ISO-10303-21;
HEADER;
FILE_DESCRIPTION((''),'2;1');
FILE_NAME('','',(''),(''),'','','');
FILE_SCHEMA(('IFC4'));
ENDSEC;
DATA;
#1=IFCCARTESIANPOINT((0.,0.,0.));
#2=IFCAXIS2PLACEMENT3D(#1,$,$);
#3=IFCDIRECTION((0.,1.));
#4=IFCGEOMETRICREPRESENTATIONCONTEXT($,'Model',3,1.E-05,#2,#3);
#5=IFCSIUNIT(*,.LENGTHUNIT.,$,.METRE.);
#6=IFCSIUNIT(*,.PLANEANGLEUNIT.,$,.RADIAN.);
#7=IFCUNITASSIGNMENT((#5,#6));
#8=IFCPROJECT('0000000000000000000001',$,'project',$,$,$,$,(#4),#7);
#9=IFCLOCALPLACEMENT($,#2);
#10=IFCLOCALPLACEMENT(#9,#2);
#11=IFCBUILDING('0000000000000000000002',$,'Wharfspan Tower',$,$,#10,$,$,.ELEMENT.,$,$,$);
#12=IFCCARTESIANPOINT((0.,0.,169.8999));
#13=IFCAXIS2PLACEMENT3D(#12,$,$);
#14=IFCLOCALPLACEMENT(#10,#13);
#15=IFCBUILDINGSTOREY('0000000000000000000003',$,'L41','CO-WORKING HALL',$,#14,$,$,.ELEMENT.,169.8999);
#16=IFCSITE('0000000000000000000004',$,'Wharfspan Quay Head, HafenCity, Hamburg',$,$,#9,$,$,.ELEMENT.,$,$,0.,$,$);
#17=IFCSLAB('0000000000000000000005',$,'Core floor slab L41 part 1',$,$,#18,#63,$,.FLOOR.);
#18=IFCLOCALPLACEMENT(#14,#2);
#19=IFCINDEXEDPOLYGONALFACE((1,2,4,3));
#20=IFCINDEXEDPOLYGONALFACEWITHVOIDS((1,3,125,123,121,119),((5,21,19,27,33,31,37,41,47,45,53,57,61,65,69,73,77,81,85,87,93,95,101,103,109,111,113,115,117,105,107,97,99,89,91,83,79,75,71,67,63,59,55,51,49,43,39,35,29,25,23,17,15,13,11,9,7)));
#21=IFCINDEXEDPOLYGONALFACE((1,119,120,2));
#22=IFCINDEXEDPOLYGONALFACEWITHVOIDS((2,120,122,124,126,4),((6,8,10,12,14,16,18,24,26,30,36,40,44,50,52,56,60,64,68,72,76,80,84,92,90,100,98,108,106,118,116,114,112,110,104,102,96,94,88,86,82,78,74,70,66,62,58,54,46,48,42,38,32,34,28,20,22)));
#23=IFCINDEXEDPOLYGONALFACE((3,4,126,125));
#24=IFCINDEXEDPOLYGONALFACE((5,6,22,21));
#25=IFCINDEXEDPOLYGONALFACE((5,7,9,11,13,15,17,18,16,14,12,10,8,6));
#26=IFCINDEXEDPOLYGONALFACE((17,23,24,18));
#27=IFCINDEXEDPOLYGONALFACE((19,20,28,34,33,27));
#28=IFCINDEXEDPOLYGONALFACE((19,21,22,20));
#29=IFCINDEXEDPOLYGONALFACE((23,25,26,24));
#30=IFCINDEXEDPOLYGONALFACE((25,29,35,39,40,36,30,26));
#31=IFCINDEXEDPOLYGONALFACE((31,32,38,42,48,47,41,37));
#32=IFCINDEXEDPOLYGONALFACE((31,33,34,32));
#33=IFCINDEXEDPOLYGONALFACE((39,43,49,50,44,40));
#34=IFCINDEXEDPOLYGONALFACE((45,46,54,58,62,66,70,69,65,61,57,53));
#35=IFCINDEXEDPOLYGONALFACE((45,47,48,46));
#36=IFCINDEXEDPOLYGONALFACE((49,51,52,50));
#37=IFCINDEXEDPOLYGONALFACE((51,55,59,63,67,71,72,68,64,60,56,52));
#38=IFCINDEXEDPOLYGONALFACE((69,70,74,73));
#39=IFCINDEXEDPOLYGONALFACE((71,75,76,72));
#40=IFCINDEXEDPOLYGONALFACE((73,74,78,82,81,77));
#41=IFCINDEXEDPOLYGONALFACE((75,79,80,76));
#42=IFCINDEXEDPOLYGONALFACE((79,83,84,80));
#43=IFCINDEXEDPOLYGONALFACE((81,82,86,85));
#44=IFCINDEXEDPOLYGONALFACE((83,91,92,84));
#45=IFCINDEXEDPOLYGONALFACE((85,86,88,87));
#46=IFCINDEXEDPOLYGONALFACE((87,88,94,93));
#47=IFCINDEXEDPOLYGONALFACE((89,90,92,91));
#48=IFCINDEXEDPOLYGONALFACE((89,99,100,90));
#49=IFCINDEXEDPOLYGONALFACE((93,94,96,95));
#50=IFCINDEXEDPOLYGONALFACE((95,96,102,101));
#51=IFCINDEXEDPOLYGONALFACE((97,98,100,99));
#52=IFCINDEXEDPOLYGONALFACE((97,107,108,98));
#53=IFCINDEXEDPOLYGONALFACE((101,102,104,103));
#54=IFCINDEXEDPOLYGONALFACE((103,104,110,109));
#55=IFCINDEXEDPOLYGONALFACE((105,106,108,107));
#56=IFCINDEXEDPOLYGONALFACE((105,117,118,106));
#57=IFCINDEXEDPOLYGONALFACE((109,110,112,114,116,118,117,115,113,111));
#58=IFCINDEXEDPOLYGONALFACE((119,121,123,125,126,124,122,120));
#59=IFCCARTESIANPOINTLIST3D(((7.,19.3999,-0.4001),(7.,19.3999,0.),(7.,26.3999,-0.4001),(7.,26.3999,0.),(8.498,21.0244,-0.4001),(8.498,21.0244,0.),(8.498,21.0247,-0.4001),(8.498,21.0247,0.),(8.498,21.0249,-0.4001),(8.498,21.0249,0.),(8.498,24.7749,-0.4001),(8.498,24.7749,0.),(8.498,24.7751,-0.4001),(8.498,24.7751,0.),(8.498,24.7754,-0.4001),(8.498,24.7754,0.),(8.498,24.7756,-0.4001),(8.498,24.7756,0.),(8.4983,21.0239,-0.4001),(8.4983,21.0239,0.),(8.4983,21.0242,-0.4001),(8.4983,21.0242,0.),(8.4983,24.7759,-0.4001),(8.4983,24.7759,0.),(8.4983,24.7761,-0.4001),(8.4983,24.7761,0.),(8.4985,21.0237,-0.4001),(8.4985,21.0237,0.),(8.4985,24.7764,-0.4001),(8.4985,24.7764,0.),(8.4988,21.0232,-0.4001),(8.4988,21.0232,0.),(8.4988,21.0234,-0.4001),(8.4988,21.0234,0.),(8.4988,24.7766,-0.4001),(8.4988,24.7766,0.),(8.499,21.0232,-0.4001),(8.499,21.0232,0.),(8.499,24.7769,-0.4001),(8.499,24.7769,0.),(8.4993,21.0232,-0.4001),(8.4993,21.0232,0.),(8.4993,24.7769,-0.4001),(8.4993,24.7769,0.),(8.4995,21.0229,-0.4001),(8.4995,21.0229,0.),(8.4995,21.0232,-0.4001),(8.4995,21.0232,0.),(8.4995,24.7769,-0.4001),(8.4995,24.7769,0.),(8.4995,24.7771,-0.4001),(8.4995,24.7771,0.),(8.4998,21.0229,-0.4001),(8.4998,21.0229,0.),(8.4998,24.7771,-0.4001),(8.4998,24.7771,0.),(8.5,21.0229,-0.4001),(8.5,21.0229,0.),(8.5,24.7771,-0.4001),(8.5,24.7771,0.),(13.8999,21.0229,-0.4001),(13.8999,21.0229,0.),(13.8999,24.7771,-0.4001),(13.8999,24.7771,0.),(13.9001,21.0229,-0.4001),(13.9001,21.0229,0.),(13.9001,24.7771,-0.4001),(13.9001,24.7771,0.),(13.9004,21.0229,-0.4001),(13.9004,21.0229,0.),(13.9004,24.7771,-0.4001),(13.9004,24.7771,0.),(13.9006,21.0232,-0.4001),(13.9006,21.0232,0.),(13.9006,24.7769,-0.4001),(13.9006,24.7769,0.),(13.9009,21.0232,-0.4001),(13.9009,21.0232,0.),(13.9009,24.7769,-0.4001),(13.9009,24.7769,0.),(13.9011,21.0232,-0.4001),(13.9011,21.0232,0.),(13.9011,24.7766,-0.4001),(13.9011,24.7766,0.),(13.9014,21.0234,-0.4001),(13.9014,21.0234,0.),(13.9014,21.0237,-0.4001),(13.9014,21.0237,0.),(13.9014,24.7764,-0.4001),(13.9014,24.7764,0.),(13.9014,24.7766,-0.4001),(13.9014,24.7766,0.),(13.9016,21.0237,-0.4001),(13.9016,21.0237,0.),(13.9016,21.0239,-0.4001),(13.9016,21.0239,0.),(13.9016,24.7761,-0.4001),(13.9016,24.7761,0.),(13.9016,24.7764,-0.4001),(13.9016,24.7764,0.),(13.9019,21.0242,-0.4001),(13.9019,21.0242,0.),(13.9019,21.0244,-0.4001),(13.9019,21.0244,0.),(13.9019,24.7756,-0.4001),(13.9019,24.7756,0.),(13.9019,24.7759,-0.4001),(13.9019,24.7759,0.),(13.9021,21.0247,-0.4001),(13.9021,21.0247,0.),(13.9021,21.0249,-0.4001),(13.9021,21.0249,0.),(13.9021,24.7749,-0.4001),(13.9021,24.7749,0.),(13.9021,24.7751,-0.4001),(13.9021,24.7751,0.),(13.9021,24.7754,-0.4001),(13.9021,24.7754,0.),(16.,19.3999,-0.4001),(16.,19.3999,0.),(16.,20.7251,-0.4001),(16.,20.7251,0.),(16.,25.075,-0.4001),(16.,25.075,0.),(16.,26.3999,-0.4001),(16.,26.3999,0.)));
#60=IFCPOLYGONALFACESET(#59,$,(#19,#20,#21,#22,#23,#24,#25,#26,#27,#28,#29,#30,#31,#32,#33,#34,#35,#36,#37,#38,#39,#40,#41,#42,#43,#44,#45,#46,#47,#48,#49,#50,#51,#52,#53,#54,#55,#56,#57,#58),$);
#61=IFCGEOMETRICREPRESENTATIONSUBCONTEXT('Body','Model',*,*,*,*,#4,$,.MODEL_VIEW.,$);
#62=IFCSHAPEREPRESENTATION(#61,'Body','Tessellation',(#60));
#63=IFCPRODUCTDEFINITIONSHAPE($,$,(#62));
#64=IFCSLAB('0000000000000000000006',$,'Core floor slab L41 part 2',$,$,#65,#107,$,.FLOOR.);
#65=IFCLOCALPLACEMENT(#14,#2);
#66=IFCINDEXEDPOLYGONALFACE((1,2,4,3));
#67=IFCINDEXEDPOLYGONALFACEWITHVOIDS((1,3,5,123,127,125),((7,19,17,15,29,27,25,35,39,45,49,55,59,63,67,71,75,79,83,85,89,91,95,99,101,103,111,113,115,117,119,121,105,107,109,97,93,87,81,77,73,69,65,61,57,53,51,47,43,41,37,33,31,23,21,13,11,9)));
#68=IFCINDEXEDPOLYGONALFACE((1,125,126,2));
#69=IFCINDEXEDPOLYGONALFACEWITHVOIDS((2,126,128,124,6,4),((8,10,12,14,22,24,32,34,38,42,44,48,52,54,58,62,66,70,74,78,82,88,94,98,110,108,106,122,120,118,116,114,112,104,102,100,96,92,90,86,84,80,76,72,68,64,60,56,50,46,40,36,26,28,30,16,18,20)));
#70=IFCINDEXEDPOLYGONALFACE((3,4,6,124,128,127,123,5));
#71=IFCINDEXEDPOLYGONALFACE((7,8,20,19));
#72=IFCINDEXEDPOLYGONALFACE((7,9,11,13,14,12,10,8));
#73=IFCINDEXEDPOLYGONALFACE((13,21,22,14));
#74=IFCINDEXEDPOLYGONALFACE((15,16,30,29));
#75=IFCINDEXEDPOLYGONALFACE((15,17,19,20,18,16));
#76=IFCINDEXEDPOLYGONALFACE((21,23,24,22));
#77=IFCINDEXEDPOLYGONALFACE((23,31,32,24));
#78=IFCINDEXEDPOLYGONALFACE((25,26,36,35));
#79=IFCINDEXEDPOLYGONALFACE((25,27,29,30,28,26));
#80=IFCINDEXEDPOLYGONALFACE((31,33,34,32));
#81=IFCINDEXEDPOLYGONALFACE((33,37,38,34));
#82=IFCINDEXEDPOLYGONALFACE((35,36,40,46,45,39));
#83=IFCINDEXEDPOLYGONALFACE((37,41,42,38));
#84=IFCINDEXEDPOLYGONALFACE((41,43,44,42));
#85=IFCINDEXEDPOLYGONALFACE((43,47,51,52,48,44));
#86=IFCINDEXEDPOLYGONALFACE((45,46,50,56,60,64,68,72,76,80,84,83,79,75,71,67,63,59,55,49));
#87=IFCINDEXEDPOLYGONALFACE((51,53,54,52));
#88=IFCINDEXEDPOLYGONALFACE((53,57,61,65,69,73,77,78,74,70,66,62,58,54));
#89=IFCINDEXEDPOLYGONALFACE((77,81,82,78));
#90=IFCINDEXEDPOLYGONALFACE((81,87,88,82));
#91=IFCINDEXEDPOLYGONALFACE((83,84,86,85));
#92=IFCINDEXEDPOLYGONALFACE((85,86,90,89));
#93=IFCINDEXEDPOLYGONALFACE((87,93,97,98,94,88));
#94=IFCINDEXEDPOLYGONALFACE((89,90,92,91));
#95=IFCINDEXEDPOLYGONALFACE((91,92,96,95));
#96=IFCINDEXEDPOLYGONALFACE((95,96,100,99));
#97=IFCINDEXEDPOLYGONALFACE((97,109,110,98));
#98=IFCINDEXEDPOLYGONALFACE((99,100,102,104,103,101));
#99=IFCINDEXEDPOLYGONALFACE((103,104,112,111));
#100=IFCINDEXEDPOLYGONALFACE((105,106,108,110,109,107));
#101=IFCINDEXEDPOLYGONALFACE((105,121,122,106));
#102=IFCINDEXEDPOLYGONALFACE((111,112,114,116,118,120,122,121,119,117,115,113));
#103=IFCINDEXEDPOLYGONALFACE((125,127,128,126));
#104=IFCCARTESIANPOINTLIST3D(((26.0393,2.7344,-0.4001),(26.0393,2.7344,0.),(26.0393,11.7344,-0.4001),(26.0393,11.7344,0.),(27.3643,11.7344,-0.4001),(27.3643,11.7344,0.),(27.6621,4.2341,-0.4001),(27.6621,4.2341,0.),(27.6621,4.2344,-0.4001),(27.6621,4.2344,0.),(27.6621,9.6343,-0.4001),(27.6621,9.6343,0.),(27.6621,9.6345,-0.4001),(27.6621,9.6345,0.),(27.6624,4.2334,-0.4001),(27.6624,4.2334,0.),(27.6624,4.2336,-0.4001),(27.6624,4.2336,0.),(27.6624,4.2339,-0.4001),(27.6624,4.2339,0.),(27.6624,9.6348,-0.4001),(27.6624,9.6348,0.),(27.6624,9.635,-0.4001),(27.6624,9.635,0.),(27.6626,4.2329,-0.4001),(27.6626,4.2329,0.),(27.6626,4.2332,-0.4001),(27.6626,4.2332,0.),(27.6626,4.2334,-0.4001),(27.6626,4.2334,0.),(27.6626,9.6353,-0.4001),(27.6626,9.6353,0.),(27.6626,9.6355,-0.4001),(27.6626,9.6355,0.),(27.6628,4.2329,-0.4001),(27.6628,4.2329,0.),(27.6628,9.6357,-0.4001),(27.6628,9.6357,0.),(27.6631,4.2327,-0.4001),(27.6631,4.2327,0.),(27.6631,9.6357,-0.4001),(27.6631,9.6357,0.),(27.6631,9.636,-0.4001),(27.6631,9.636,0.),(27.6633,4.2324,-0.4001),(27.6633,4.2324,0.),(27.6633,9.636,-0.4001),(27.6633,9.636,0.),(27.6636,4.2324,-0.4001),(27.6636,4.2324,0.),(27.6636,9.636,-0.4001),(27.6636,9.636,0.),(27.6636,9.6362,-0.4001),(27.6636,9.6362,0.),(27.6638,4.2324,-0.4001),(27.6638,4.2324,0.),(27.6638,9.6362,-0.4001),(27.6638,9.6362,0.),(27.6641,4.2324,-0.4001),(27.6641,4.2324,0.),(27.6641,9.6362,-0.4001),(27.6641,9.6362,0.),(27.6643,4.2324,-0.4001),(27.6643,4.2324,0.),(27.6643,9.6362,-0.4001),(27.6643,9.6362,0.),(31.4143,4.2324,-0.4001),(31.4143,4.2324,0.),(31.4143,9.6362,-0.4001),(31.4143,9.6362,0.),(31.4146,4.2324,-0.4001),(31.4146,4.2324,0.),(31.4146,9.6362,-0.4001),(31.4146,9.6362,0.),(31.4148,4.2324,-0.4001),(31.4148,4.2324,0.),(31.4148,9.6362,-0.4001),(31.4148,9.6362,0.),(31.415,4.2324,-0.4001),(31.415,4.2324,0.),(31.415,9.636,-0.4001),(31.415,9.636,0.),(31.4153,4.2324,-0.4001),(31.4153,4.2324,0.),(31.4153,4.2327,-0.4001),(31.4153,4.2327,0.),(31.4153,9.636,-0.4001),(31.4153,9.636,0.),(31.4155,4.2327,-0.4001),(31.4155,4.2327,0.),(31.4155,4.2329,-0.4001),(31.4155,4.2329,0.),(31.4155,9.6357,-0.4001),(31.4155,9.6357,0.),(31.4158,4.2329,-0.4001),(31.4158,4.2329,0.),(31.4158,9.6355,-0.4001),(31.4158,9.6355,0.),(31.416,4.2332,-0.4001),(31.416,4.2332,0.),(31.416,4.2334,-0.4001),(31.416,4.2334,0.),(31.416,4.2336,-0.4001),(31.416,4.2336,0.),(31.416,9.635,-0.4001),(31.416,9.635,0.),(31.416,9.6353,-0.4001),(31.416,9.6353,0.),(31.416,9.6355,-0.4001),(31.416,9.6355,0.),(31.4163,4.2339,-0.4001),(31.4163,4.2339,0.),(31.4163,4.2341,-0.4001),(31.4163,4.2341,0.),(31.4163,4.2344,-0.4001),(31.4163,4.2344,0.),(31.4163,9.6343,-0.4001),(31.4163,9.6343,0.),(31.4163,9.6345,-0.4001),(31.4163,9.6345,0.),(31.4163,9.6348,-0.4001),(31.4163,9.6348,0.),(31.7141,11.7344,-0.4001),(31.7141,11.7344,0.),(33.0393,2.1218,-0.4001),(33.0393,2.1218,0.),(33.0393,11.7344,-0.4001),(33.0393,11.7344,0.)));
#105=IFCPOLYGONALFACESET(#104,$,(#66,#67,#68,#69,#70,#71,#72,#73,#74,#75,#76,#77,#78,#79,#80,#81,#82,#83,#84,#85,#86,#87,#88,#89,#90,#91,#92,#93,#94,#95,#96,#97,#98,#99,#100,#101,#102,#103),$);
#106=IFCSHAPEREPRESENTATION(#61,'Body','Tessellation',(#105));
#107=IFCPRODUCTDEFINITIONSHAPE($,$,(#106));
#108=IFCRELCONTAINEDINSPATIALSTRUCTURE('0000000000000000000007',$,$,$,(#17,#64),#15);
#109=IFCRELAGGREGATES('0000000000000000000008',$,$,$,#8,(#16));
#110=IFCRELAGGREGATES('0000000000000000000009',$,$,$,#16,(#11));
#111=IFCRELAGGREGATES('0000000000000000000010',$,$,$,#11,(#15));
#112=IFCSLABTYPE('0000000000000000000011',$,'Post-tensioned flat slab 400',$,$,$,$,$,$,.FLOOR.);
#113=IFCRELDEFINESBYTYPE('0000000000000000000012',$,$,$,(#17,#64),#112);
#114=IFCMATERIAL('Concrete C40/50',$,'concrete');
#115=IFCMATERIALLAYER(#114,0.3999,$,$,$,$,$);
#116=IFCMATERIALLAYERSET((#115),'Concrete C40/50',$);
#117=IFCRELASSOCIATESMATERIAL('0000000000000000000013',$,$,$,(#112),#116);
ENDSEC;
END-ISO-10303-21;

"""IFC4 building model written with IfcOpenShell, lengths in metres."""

from ifc_helpers import new_model, si_unit, direction, frame, origin, place, context, subcontext, project, spatial, polyline, outline, extrude, material, layer, layer_set, type_object, element, save


model = new_model("IFC4")

# Units and contexts
model_context = context("Model", 3, precision=1e-05, world=origin(), true_north=direction((0.0, 1.0)))
body_context = subcontext(model_context, "Body", "Model", "MODEL_VIEW")
ifc_project = project(units=[si_unit("LENGTHUNIT", "METRE"), si_unit("PLANEANGLEUNIT", "RADIAN")], contexts=[model_context])

# Site, building, storey
site_placement = place(None, origin())
site = spatial("IfcSite", under=ifc_project, at=site_placement, Name="Wharfspan Quay Head, HafenCity, Hamburg", CompositionType="ELEMENT", RefElevation=0.0)
building_placement = place(site_placement, origin())
building = spatial("IfcBuilding", under=site, at=building_placement, Name="Wharfspan Tower", CompositionType="ELEMENT")
storey_placement = place(building_placement, frame((0.0, 0.0, 169.8999)))
storey = spatial("IfcBuildingStorey", under=building, at=storey_placement, Name="L41", Description="CO-WORKING HALL", CompositionType="ELEMENT", Elevation=169.8999)

# Slabs
ifc_material_1 = material(Name="Concrete C40/50", Category="concrete")
ifc_layer_1 = layer(ifc_material_1, 0.3999)
ifc_layer_set_1 = layer_set([ifc_layer_1], Name="Concrete C40/50")
slab_type_1 = type_object("IfcSlabType", Name="Post-tensioned flat slab 400", PredefinedType="FLOOR", material=ifc_layer_set_1)
slab_1_placement = place(storey_placement, frame((0.0, 0.0, -0.4001)))
element("IfcSlab", 1, at=slab_1_placement, inside=storey, type_object=slab_type_1, Name="Core floor slab L41 part 1", PredefinedType="FLOOR", context=body_context, shape_type="SweptSolid", body=[
    extrude(outline(polyline([(16.0, 20.7251), (16.0, 25.075), (16.0, 26.3999), (7.0, 26.3999), (7.0, 19.3999), (16.0, 19.3999), (16.0, 20.7251)]), holes=[polyline([(13.8999, 24.7771), (13.9001, 24.7771), (13.9004, 24.7771), (13.9006, 24.7769), (13.9009, 24.7769), (13.9009, 24.7769), (13.9011, 24.7766), (13.9014, 24.7766), (13.9014, 24.7764), (13.9016, 24.7764), (13.9016, 24.7761), (13.9019, 24.7759), (13.9019, 24.7759), (13.9019, 24.7756), (13.9021, 24.7754), (13.9021, 24.7751), (13.9021, 24.7749), (13.9021, 21.0249), (13.9021, 21.0249), (13.9021, 21.0247), (13.9019, 21.0244), (13.9019, 21.0242), (13.9019, 21.0242), (13.9016, 21.0239), (13.9016, 21.0237), (13.9014, 21.0237), (13.9014, 21.0234), (13.9011, 21.0232), (13.9009, 21.0232), (13.9009, 21.0232), (13.9006, 21.0232), (13.9004, 21.0229), (13.9001, 21.0229), (13.8999, 21.0229), (8.5, 21.0229), (8.4998, 21.0229), (8.4995, 21.0229), (8.4995, 21.0232), (8.4993, 21.0232), (8.499, 21.0232), (8.4988, 21.0232), (8.4988, 21.0234), (8.4985, 21.0237), (8.4985, 21.0237), (8.4983, 21.0239), (8.4983, 21.0242), (8.4983, 21.0242), (8.498, 21.0244), (8.498, 21.0247), (8.498, 21.0249), (8.498, 21.0249), (8.498, 24.7749), (8.498, 24.7751), (8.498, 24.7754), (8.498, 24.7756), (8.4983, 24.7759), (8.4983, 24.7759), (8.4983, 24.7761), (8.4985, 24.7764), (8.4985, 24.7764), (8.4988, 24.7766), (8.4988, 24.7766), (8.499, 24.7769), (8.4993, 24.7769), (8.4995, 24.7769), (8.4995, 24.7771), (8.4998, 24.7771), (8.5, 24.7771), (13.8999, 24.7771)])]), origin(), (0.0, 0.0, 1.0), 0.4001),
])
slab_2_placement = place(storey_placement, frame((0.0, 0.0, -0.4001)))
element("IfcSlab", 2, at=slab_2_placement, inside=storey, type_object=slab_type_1, Name="Core floor slab L41 part 2", PredefinedType="FLOOR", context=body_context, shape_type="SweptSolid", body=[
    extrude(outline(polyline([(31.7141, 11.7344), (27.3643, 11.7344), (26.0393, 11.7344), (26.0393, 2.7344), (33.0393, 2.1218), (33.0393, 11.7344), (31.7141, 11.7344)]), holes=[polyline([(27.6621, 9.6343), (27.6621, 9.6345), (27.6624, 9.6348), (27.6624, 9.635), (27.6624, 9.635), (27.6626, 9.6353), (27.6626, 9.6355), (27.6626, 9.6355), (27.6628, 9.6357), (27.6631, 9.6357), (27.6631, 9.636), (27.6633, 9.636), (27.6636, 9.636), (27.6636, 9.6362), (27.6638, 9.6362), (27.6641, 9.6362), (27.6643, 9.6362), (31.4143, 9.6362), (31.4143, 9.6362), (31.4146, 9.6362), (31.4148, 9.6362), (31.415, 9.636), (31.4153, 9.636), (31.4153, 9.636), (31.4155, 9.6357), (31.4155, 9.6357), (31.4158, 9.6355), (31.416, 9.6355), (31.416, 9.6353), (31.416, 9.635), (31.416, 9.635), (31.4163, 9.6348), (31.4163, 9.6345), (31.4163, 9.6343), (31.4163, 4.2344), (31.4163, 4.2341), (31.4163, 4.2339), (31.416, 4.2336), (31.416, 4.2334), (31.416, 4.2334), (31.416, 4.2332), (31.4158, 4.2329), (31.4155, 4.2329), (31.4155, 4.2327), (31.4153, 4.2327), (31.4153, 4.2324), (31.415, 4.2324), (31.4148, 4.2324), (31.4146, 4.2324), (31.4143, 4.2324), (31.4143, 4.2324), (27.6643, 4.2324), (27.6641, 4.2324), (27.6638, 4.2324), (27.6636, 4.2324), (27.6636, 4.2324), (27.6633, 4.2324), (27.6631, 4.2327), (27.6631, 4.2327), (27.6628, 4.2329), (27.6626, 4.2329), (27.6626, 4.2332), (27.6626, 4.2334), (27.6624, 4.2334), (27.6624, 4.2336), (27.6624, 4.2339), (27.6621, 4.2341), (27.6621, 4.2344), (27.6621, 9.6343)])]), origin(), (0.0, 0.0, 1.0), 0.4001),
])

save(model, "model.ifc")
